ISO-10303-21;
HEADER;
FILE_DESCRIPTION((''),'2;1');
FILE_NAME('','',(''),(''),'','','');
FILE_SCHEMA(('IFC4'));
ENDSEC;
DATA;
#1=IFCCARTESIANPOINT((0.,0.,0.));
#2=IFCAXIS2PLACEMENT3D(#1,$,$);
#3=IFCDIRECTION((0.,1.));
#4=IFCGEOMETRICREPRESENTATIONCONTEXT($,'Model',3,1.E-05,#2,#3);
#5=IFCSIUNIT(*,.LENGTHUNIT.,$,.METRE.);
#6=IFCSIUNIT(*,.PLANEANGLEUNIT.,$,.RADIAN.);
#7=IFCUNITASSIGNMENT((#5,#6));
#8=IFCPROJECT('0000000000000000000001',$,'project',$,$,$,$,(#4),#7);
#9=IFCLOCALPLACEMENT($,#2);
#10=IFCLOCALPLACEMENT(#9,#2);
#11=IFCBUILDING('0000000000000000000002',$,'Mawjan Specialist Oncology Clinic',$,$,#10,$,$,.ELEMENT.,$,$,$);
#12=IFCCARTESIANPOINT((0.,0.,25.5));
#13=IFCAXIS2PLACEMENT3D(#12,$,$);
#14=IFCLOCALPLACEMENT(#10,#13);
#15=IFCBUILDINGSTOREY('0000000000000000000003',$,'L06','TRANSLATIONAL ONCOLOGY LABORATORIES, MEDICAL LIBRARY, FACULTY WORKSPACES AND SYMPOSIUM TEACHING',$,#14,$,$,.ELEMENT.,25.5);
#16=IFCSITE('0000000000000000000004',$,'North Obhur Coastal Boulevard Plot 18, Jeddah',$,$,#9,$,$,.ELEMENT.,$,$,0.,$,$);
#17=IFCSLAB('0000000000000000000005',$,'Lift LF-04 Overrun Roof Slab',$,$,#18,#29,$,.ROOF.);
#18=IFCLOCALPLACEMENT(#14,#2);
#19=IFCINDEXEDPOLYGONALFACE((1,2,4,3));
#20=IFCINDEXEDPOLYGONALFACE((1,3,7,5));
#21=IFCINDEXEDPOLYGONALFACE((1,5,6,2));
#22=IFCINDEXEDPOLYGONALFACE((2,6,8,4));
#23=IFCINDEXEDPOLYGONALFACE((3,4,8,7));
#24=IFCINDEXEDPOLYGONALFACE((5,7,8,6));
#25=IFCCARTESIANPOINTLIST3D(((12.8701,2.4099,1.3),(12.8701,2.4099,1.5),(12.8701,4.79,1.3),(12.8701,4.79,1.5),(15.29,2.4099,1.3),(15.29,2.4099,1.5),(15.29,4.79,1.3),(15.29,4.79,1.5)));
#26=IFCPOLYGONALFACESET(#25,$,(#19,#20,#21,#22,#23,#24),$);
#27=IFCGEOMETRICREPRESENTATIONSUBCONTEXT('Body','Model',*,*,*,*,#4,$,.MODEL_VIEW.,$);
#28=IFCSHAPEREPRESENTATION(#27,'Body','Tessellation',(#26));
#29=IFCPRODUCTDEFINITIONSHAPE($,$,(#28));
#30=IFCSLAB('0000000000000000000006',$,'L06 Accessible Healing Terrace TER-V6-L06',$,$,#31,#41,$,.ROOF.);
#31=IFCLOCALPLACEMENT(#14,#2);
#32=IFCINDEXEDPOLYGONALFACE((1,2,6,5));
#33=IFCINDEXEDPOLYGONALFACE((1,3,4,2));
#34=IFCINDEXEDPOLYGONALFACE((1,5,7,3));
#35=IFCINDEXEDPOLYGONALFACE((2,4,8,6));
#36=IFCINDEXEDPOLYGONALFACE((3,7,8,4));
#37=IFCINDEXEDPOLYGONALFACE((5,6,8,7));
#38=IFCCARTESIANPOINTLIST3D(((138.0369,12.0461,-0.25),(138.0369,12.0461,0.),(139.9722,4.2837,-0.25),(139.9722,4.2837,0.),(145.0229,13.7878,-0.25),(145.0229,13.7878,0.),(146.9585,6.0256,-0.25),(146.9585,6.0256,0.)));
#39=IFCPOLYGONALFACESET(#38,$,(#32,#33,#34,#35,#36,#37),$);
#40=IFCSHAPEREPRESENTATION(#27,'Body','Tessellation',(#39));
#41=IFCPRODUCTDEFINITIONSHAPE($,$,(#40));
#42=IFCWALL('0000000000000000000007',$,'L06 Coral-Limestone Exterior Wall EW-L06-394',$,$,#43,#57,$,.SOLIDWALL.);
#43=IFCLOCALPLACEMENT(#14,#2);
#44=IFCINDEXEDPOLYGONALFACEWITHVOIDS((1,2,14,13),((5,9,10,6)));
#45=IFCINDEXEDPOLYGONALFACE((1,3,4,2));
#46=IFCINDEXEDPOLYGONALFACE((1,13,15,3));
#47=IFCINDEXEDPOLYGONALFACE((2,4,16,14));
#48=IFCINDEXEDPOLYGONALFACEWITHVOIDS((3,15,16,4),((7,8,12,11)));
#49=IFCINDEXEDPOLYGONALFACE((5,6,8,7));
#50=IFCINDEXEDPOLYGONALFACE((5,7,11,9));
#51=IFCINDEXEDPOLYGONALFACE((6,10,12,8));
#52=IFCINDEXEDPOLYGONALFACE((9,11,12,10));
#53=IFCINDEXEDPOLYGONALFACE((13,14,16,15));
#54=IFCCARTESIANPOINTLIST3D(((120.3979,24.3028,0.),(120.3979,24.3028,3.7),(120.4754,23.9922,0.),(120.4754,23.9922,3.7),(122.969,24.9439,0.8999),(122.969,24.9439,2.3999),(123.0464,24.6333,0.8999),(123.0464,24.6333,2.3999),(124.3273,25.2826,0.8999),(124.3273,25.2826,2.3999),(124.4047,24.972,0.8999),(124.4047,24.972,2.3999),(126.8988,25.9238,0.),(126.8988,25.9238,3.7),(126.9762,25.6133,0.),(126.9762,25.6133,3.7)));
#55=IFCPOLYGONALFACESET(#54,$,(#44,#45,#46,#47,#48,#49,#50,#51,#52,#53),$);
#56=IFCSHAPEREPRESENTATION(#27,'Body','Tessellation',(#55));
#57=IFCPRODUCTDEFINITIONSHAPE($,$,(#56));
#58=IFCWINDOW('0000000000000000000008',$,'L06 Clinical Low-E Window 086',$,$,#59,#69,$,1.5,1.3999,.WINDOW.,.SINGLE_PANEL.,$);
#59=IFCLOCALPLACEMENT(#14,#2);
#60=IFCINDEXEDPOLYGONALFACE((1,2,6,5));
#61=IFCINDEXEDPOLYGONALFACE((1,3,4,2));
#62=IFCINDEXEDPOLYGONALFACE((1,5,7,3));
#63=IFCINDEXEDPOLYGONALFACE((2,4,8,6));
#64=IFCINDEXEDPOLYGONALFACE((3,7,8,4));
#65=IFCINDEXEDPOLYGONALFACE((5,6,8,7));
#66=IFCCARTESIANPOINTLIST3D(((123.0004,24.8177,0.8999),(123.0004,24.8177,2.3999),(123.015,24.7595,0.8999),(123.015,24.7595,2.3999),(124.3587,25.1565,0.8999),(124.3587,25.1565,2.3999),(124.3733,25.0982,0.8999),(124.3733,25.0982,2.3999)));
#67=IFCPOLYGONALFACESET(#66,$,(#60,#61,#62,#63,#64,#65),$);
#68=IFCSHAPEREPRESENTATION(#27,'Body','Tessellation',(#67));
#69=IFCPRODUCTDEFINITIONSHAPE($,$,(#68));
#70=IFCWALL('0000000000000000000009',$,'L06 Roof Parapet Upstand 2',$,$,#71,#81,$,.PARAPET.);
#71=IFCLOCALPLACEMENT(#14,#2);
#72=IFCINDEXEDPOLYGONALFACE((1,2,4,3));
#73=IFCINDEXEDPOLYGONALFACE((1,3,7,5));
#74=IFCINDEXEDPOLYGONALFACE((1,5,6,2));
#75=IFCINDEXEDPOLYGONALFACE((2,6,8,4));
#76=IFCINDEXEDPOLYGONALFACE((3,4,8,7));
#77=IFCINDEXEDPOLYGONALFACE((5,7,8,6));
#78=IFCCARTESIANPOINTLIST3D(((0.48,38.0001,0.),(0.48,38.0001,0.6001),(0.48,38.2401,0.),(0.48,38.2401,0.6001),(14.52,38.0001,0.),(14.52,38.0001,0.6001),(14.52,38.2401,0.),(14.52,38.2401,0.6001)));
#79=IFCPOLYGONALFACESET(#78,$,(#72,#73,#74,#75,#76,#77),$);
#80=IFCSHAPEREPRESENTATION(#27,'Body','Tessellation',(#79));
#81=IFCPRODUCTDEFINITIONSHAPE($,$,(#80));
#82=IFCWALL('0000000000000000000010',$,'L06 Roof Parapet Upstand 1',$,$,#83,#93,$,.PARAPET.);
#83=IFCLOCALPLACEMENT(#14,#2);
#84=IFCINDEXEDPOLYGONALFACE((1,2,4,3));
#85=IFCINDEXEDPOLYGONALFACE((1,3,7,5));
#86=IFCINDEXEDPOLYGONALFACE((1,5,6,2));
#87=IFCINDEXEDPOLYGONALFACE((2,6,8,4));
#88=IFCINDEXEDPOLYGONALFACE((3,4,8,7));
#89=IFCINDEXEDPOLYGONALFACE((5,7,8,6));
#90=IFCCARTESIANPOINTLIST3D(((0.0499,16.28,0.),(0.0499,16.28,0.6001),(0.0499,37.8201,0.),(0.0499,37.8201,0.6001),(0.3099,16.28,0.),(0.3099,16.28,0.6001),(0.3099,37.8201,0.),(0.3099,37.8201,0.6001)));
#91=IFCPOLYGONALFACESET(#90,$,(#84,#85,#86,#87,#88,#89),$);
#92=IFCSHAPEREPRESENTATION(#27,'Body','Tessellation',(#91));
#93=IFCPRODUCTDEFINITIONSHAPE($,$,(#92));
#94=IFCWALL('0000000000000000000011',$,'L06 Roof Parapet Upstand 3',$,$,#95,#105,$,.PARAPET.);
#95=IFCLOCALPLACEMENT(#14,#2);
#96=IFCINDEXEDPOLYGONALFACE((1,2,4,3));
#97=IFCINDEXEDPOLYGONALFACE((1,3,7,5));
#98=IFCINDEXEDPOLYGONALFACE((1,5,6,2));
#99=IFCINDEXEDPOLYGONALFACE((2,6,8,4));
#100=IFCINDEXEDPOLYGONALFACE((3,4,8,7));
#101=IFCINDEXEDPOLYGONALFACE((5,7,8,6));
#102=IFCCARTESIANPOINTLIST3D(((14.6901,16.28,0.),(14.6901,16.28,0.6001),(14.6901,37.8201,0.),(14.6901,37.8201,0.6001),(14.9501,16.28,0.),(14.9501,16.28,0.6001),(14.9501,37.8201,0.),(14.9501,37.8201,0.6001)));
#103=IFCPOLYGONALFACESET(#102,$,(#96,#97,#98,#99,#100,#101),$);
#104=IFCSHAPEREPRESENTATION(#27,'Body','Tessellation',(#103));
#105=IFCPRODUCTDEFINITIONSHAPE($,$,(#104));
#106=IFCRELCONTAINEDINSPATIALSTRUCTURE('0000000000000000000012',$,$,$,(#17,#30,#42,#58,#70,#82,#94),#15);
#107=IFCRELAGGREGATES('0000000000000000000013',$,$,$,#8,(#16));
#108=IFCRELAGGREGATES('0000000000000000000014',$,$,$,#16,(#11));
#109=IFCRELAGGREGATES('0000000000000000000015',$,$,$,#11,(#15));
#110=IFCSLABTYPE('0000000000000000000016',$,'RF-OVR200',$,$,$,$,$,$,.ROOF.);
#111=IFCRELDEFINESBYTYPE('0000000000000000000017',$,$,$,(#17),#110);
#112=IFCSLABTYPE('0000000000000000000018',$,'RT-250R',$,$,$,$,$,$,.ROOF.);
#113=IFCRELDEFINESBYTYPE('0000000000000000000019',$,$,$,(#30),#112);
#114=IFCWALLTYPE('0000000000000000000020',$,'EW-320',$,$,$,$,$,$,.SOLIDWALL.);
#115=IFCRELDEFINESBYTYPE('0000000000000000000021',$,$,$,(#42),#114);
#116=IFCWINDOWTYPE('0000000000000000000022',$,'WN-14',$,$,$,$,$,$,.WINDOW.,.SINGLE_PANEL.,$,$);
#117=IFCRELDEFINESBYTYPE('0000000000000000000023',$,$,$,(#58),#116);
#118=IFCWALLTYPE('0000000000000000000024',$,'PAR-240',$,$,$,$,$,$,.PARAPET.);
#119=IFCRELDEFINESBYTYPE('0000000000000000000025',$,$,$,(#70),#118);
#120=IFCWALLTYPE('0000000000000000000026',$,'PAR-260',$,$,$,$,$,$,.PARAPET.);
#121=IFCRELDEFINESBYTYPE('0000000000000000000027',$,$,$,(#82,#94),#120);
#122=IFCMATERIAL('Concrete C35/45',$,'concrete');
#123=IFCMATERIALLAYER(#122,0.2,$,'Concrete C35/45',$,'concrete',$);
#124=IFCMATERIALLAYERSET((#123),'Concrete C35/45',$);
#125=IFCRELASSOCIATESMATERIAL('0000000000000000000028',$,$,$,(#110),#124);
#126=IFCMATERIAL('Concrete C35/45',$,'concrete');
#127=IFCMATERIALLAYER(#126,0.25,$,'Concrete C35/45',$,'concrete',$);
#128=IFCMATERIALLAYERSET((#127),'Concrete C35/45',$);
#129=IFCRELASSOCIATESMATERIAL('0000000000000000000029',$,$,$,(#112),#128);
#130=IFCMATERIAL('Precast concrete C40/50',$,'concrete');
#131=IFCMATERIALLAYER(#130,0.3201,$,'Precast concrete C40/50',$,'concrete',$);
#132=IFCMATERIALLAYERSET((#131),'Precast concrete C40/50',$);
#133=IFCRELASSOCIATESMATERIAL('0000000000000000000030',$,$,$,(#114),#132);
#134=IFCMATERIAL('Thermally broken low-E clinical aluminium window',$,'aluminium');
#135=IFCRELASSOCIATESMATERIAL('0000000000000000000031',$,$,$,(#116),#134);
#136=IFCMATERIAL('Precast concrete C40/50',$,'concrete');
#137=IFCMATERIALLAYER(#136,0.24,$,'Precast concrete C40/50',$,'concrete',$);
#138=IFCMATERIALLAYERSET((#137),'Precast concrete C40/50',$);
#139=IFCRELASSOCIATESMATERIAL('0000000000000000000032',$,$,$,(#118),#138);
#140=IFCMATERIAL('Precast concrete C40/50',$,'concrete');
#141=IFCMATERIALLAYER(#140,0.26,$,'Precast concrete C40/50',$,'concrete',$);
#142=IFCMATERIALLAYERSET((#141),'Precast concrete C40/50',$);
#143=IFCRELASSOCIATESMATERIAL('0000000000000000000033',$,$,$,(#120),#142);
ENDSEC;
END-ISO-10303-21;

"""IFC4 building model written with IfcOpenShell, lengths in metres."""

from ifc_helpers import new_model, si_unit, direction, frame, frame_2d, origin, place, context, subcontext, project, spatial, polyline, rectangle, outline, extrude, material, layer, layer_set, type_object, element, fill, save


model = new_model("IFC4")

# Units and contexts
model_context = context("Model", 3, precision=1e-05, world=origin(), true_north=direction((0.0, 1.0)))
body_context = subcontext(model_context, "Body", "Model", "MODEL_VIEW")
ifc_project = project(units=[si_unit("LENGTHUNIT", "METRE"), si_unit("PLANEANGLEUNIT", "RADIAN")], contexts=[model_context])

# Site, building, storey
site_placement = place(None, origin())
site = spatial("IfcSite", under=ifc_project, at=site_placement, Name="North Obhur Coastal Boulevard Plot 18, Jeddah", CompositionType="ELEMENT", RefElevation=0.0)
building_placement = place(site_placement, origin())
building = spatial("IfcBuilding", under=site, at=building_placement, Name="Mawjan Specialist Oncology Clinic", CompositionType="ELEMENT")
storey_placement = place(building_placement, frame((0.0, 0.0, 25.5)))
storey = spatial("IfcBuildingStorey", under=building, at=storey_placement, Name="L06", Description="TRANSLATIONAL ONCOLOGY LABORATORIES, MEDICAL LIBRARY, FACULTY WORKSPACES AND SYMPOSIUM TEACHING", CompositionType="ELEMENT", Elevation=25.5)

# Shared definitions
ifc_material_1 = material(Name="Concrete C35/45", Category="concrete")
ifc_layer_1 = layer(ifc_material_1, 0.2, Name="Concrete C35/45", Category="concrete")
ifc_layer_set_1 = layer_set([ifc_layer_1], Name="Concrete C35/45")
slab_type_1 = type_object("IfcSlabType", Name="RF-OVR200", PredefinedType="ROOF", material=ifc_layer_set_1)

# Slabs
slab_1_placement = place(storey_placement, frame((0.0, 0.0, 1.3)))
element("IfcSlab", 1, at=slab_1_placement, inside=storey, type_object=slab_type_1, Name="Lift LF-04 Overrun Roof Slab", PredefinedType="ROOF", context=body_context, shape_type="SweptSolid", body=[
    extrude(outline(polyline([(12.8701, 2.4099), (15.29, 2.4099), (15.29, 4.79), (12.8701, 4.79), (12.8701, 2.4099)])), origin(), (0.0, 0.0, 1.0), 0.2),
])
ifc_material_2 = material(Name="Concrete C35/45", Category="concrete")
ifc_layer_2 = layer(ifc_material_2, 0.25, Name="Concrete C35/45", Category="concrete")
ifc_layer_set_2 = layer_set([ifc_layer_2], Name="Concrete C35/45")
slab_type_2 = type_object("IfcSlabType", Name="RT-250R", PredefinedType="ROOF", material=ifc_layer_set_2)
slab_2_placement = place(storey_placement, frame((0.0, 0.0, -0.25)))
element("IfcSlab", 2, at=slab_2_placement, inside=storey, type_object=slab_type_2, Name="L06 Accessible Healing Terrace TER-V6-L06", PredefinedType="ROOF", context=body_context, shape_type="SweptSolid", body=[
    extrude(outline(polyline([(139.9722, 4.2837), (146.9585, 6.0256), (145.0229, 13.7878), (138.0369, 12.0461), (139.9722, 4.2837)])), origin(), (0.0, 0.0, 1.0), 0.25),
])

# Wall, opening, window
ifc_material_3 = material(Name="Precast concrete C40/50", Category="concrete")
ifc_layer_3 = layer(ifc_material_3, 0.3201, Name="Precast concrete C40/50", Category="concrete")
ifc_layer_set_3 = layer_set([ifc_layer_3], Name="Precast concrete C40/50")
wall_type_1 = type_object("IfcWallType", Name="EW-320", PredefinedType="SOLIDWALL", material=ifc_layer_set_3)
wall_1_placement = place(storey_placement, frame((120.4365, 24.1475, 0.0), z_axis=(0.0, 0.0, 1.0), x_axis=(0.970288, 0.241953, 0.0)))
wall_1 = element("IfcWall", 3, at=wall_1_placement, inside=storey, type_object=wall_type_1, Name="L06 Coral-Limestone Exterior Wall EW-L06-394", PredefinedType="SOLIDWALL", context=body_context, shape_type="SweptSolid", body=[
    extrude(rectangle(XDim=6.7, YDim=0.3201, at=frame_2d((3.3501, 0.0))), origin(), (0.0, 0.0, 1.0), 3.7),
])
opening_1_placement = place(wall_1_placement, frame((2.6499, 0.0, 0.8999)))
opening_1 = element("IfcOpeningElement", 4, at=opening_1_placement, cuts=wall_1, PredefinedType="OPENING", context=body_context, shape_type="SweptSolid", body=[
    extrude(rectangle(XDim=1.3999, YDim=1.5, at=frame_2d((0.7, 0.75))), frame((0.0, 0.1721, 0.0), z_axis=(0.0, -1.0, 0.0), x_axis=(1.0, 0.0, 0.0)), (0.0, 0.0, 1.0), 0.344),
])
ifc_material_4 = material(Name="Thermally broken low-E clinical aluminium window", Category="aluminium")
window_type_1 = type_object("IfcWindowType", Name="WN-14", PartitioningType="SINGLE_PANEL", PredefinedType="WINDOW", material=ifc_material_4)
window_1_placement = place(opening_1_placement, origin())
window_1 = element("IfcWindow", 5, at=window_1_placement, inside=storey, type_object=window_type_1, Name="L06 Clinical Low-E Window 086", OverallHeight=1.5, OverallWidth=1.3999, PartitioningType="SINGLE_PANEL", PredefinedType="WINDOW", context=body_context, shape_type="SweptSolid", body=[
    extrude(rectangle(XDim=1.3999, YDim=1.5, at=frame_2d((0.7, 0.75))), frame((0.0, 0.03, 0.0), z_axis=(0.0, -1.0, 0.0), x_axis=(1.0, 0.0, 0.0)), (0.0, 0.0, 1.0), 0.0601),
])
fill(opening_1, window_1)

# Walls
ifc_material_5 = material(Name="Precast concrete C40/50", Category="concrete")
ifc_layer_4 = layer(ifc_material_5, 0.24, Name="Precast concrete C40/50", Category="concrete")
ifc_layer_set_4 = layer_set([ifc_layer_4], Name="Precast concrete C40/50")
wall_type_2 = type_object("IfcWallType", Name="PAR-240", PredefinedType="PARAPET", material=ifc_layer_set_4)
wall_2_placement = place(storey_placement, frame((0.48, 38.1201, 0.0), z_axis=(0.0, 0.0, 1.0), x_axis=(1.0, 0.0, 0.0)))
element("IfcWall", 6, at=wall_2_placement, inside=storey, type_object=wall_type_2, Name="L06 Roof Parapet Upstand 2", PredefinedType="PARAPET", context=body_context, shape_type="SweptSolid", body=[
    extrude(rectangle(XDim=14.04, YDim=0.24, at=frame_2d((7.02, 0.0))), origin(), (0.0, 0.0, 1.0), 0.6001),
])
ifc_material_6 = material(Name="Precast concrete C40/50", Category="concrete")
ifc_layer_5 = layer(ifc_material_6, 0.26, Name="Precast concrete C40/50", Category="concrete")
ifc_layer_set_5 = layer_set([ifc_layer_5], Name="Precast concrete C40/50")
wall_type_3 = type_object("IfcWallType", Name="PAR-260", PredefinedType="PARAPET", material=ifc_layer_set_5)
for number, where, z_axis, x_axis, name in (
    (7, (0.1799, 16.28, 0.0), (0.0, 0.0, 1.0), (0.0, 1.0, 0.0), "L06 Roof Parapet Upstand 1"),
    (8, (14.8201, 37.8201, 0.0), (0.0, 0.0, 1.0), (0.0, -1.0, 0.0), "L06 Roof Parapet Upstand 3"),
):
    element("IfcWall", number, at=place(storey_placement, frame(where, z_axis=z_axis, x_axis=x_axis)), inside=storey, type_object=wall_type_3, Name=name, PredefinedType="PARAPET", context=body_context, shape_type="SweptSolid", body=[
        extrude(rectangle(XDim=21.54, YDim=0.26, at=frame_2d((10.77, 0.0))), origin(), (0.0, 0.0, 1.0), 0.6001),
    ])

save(model, "model.ifc")
